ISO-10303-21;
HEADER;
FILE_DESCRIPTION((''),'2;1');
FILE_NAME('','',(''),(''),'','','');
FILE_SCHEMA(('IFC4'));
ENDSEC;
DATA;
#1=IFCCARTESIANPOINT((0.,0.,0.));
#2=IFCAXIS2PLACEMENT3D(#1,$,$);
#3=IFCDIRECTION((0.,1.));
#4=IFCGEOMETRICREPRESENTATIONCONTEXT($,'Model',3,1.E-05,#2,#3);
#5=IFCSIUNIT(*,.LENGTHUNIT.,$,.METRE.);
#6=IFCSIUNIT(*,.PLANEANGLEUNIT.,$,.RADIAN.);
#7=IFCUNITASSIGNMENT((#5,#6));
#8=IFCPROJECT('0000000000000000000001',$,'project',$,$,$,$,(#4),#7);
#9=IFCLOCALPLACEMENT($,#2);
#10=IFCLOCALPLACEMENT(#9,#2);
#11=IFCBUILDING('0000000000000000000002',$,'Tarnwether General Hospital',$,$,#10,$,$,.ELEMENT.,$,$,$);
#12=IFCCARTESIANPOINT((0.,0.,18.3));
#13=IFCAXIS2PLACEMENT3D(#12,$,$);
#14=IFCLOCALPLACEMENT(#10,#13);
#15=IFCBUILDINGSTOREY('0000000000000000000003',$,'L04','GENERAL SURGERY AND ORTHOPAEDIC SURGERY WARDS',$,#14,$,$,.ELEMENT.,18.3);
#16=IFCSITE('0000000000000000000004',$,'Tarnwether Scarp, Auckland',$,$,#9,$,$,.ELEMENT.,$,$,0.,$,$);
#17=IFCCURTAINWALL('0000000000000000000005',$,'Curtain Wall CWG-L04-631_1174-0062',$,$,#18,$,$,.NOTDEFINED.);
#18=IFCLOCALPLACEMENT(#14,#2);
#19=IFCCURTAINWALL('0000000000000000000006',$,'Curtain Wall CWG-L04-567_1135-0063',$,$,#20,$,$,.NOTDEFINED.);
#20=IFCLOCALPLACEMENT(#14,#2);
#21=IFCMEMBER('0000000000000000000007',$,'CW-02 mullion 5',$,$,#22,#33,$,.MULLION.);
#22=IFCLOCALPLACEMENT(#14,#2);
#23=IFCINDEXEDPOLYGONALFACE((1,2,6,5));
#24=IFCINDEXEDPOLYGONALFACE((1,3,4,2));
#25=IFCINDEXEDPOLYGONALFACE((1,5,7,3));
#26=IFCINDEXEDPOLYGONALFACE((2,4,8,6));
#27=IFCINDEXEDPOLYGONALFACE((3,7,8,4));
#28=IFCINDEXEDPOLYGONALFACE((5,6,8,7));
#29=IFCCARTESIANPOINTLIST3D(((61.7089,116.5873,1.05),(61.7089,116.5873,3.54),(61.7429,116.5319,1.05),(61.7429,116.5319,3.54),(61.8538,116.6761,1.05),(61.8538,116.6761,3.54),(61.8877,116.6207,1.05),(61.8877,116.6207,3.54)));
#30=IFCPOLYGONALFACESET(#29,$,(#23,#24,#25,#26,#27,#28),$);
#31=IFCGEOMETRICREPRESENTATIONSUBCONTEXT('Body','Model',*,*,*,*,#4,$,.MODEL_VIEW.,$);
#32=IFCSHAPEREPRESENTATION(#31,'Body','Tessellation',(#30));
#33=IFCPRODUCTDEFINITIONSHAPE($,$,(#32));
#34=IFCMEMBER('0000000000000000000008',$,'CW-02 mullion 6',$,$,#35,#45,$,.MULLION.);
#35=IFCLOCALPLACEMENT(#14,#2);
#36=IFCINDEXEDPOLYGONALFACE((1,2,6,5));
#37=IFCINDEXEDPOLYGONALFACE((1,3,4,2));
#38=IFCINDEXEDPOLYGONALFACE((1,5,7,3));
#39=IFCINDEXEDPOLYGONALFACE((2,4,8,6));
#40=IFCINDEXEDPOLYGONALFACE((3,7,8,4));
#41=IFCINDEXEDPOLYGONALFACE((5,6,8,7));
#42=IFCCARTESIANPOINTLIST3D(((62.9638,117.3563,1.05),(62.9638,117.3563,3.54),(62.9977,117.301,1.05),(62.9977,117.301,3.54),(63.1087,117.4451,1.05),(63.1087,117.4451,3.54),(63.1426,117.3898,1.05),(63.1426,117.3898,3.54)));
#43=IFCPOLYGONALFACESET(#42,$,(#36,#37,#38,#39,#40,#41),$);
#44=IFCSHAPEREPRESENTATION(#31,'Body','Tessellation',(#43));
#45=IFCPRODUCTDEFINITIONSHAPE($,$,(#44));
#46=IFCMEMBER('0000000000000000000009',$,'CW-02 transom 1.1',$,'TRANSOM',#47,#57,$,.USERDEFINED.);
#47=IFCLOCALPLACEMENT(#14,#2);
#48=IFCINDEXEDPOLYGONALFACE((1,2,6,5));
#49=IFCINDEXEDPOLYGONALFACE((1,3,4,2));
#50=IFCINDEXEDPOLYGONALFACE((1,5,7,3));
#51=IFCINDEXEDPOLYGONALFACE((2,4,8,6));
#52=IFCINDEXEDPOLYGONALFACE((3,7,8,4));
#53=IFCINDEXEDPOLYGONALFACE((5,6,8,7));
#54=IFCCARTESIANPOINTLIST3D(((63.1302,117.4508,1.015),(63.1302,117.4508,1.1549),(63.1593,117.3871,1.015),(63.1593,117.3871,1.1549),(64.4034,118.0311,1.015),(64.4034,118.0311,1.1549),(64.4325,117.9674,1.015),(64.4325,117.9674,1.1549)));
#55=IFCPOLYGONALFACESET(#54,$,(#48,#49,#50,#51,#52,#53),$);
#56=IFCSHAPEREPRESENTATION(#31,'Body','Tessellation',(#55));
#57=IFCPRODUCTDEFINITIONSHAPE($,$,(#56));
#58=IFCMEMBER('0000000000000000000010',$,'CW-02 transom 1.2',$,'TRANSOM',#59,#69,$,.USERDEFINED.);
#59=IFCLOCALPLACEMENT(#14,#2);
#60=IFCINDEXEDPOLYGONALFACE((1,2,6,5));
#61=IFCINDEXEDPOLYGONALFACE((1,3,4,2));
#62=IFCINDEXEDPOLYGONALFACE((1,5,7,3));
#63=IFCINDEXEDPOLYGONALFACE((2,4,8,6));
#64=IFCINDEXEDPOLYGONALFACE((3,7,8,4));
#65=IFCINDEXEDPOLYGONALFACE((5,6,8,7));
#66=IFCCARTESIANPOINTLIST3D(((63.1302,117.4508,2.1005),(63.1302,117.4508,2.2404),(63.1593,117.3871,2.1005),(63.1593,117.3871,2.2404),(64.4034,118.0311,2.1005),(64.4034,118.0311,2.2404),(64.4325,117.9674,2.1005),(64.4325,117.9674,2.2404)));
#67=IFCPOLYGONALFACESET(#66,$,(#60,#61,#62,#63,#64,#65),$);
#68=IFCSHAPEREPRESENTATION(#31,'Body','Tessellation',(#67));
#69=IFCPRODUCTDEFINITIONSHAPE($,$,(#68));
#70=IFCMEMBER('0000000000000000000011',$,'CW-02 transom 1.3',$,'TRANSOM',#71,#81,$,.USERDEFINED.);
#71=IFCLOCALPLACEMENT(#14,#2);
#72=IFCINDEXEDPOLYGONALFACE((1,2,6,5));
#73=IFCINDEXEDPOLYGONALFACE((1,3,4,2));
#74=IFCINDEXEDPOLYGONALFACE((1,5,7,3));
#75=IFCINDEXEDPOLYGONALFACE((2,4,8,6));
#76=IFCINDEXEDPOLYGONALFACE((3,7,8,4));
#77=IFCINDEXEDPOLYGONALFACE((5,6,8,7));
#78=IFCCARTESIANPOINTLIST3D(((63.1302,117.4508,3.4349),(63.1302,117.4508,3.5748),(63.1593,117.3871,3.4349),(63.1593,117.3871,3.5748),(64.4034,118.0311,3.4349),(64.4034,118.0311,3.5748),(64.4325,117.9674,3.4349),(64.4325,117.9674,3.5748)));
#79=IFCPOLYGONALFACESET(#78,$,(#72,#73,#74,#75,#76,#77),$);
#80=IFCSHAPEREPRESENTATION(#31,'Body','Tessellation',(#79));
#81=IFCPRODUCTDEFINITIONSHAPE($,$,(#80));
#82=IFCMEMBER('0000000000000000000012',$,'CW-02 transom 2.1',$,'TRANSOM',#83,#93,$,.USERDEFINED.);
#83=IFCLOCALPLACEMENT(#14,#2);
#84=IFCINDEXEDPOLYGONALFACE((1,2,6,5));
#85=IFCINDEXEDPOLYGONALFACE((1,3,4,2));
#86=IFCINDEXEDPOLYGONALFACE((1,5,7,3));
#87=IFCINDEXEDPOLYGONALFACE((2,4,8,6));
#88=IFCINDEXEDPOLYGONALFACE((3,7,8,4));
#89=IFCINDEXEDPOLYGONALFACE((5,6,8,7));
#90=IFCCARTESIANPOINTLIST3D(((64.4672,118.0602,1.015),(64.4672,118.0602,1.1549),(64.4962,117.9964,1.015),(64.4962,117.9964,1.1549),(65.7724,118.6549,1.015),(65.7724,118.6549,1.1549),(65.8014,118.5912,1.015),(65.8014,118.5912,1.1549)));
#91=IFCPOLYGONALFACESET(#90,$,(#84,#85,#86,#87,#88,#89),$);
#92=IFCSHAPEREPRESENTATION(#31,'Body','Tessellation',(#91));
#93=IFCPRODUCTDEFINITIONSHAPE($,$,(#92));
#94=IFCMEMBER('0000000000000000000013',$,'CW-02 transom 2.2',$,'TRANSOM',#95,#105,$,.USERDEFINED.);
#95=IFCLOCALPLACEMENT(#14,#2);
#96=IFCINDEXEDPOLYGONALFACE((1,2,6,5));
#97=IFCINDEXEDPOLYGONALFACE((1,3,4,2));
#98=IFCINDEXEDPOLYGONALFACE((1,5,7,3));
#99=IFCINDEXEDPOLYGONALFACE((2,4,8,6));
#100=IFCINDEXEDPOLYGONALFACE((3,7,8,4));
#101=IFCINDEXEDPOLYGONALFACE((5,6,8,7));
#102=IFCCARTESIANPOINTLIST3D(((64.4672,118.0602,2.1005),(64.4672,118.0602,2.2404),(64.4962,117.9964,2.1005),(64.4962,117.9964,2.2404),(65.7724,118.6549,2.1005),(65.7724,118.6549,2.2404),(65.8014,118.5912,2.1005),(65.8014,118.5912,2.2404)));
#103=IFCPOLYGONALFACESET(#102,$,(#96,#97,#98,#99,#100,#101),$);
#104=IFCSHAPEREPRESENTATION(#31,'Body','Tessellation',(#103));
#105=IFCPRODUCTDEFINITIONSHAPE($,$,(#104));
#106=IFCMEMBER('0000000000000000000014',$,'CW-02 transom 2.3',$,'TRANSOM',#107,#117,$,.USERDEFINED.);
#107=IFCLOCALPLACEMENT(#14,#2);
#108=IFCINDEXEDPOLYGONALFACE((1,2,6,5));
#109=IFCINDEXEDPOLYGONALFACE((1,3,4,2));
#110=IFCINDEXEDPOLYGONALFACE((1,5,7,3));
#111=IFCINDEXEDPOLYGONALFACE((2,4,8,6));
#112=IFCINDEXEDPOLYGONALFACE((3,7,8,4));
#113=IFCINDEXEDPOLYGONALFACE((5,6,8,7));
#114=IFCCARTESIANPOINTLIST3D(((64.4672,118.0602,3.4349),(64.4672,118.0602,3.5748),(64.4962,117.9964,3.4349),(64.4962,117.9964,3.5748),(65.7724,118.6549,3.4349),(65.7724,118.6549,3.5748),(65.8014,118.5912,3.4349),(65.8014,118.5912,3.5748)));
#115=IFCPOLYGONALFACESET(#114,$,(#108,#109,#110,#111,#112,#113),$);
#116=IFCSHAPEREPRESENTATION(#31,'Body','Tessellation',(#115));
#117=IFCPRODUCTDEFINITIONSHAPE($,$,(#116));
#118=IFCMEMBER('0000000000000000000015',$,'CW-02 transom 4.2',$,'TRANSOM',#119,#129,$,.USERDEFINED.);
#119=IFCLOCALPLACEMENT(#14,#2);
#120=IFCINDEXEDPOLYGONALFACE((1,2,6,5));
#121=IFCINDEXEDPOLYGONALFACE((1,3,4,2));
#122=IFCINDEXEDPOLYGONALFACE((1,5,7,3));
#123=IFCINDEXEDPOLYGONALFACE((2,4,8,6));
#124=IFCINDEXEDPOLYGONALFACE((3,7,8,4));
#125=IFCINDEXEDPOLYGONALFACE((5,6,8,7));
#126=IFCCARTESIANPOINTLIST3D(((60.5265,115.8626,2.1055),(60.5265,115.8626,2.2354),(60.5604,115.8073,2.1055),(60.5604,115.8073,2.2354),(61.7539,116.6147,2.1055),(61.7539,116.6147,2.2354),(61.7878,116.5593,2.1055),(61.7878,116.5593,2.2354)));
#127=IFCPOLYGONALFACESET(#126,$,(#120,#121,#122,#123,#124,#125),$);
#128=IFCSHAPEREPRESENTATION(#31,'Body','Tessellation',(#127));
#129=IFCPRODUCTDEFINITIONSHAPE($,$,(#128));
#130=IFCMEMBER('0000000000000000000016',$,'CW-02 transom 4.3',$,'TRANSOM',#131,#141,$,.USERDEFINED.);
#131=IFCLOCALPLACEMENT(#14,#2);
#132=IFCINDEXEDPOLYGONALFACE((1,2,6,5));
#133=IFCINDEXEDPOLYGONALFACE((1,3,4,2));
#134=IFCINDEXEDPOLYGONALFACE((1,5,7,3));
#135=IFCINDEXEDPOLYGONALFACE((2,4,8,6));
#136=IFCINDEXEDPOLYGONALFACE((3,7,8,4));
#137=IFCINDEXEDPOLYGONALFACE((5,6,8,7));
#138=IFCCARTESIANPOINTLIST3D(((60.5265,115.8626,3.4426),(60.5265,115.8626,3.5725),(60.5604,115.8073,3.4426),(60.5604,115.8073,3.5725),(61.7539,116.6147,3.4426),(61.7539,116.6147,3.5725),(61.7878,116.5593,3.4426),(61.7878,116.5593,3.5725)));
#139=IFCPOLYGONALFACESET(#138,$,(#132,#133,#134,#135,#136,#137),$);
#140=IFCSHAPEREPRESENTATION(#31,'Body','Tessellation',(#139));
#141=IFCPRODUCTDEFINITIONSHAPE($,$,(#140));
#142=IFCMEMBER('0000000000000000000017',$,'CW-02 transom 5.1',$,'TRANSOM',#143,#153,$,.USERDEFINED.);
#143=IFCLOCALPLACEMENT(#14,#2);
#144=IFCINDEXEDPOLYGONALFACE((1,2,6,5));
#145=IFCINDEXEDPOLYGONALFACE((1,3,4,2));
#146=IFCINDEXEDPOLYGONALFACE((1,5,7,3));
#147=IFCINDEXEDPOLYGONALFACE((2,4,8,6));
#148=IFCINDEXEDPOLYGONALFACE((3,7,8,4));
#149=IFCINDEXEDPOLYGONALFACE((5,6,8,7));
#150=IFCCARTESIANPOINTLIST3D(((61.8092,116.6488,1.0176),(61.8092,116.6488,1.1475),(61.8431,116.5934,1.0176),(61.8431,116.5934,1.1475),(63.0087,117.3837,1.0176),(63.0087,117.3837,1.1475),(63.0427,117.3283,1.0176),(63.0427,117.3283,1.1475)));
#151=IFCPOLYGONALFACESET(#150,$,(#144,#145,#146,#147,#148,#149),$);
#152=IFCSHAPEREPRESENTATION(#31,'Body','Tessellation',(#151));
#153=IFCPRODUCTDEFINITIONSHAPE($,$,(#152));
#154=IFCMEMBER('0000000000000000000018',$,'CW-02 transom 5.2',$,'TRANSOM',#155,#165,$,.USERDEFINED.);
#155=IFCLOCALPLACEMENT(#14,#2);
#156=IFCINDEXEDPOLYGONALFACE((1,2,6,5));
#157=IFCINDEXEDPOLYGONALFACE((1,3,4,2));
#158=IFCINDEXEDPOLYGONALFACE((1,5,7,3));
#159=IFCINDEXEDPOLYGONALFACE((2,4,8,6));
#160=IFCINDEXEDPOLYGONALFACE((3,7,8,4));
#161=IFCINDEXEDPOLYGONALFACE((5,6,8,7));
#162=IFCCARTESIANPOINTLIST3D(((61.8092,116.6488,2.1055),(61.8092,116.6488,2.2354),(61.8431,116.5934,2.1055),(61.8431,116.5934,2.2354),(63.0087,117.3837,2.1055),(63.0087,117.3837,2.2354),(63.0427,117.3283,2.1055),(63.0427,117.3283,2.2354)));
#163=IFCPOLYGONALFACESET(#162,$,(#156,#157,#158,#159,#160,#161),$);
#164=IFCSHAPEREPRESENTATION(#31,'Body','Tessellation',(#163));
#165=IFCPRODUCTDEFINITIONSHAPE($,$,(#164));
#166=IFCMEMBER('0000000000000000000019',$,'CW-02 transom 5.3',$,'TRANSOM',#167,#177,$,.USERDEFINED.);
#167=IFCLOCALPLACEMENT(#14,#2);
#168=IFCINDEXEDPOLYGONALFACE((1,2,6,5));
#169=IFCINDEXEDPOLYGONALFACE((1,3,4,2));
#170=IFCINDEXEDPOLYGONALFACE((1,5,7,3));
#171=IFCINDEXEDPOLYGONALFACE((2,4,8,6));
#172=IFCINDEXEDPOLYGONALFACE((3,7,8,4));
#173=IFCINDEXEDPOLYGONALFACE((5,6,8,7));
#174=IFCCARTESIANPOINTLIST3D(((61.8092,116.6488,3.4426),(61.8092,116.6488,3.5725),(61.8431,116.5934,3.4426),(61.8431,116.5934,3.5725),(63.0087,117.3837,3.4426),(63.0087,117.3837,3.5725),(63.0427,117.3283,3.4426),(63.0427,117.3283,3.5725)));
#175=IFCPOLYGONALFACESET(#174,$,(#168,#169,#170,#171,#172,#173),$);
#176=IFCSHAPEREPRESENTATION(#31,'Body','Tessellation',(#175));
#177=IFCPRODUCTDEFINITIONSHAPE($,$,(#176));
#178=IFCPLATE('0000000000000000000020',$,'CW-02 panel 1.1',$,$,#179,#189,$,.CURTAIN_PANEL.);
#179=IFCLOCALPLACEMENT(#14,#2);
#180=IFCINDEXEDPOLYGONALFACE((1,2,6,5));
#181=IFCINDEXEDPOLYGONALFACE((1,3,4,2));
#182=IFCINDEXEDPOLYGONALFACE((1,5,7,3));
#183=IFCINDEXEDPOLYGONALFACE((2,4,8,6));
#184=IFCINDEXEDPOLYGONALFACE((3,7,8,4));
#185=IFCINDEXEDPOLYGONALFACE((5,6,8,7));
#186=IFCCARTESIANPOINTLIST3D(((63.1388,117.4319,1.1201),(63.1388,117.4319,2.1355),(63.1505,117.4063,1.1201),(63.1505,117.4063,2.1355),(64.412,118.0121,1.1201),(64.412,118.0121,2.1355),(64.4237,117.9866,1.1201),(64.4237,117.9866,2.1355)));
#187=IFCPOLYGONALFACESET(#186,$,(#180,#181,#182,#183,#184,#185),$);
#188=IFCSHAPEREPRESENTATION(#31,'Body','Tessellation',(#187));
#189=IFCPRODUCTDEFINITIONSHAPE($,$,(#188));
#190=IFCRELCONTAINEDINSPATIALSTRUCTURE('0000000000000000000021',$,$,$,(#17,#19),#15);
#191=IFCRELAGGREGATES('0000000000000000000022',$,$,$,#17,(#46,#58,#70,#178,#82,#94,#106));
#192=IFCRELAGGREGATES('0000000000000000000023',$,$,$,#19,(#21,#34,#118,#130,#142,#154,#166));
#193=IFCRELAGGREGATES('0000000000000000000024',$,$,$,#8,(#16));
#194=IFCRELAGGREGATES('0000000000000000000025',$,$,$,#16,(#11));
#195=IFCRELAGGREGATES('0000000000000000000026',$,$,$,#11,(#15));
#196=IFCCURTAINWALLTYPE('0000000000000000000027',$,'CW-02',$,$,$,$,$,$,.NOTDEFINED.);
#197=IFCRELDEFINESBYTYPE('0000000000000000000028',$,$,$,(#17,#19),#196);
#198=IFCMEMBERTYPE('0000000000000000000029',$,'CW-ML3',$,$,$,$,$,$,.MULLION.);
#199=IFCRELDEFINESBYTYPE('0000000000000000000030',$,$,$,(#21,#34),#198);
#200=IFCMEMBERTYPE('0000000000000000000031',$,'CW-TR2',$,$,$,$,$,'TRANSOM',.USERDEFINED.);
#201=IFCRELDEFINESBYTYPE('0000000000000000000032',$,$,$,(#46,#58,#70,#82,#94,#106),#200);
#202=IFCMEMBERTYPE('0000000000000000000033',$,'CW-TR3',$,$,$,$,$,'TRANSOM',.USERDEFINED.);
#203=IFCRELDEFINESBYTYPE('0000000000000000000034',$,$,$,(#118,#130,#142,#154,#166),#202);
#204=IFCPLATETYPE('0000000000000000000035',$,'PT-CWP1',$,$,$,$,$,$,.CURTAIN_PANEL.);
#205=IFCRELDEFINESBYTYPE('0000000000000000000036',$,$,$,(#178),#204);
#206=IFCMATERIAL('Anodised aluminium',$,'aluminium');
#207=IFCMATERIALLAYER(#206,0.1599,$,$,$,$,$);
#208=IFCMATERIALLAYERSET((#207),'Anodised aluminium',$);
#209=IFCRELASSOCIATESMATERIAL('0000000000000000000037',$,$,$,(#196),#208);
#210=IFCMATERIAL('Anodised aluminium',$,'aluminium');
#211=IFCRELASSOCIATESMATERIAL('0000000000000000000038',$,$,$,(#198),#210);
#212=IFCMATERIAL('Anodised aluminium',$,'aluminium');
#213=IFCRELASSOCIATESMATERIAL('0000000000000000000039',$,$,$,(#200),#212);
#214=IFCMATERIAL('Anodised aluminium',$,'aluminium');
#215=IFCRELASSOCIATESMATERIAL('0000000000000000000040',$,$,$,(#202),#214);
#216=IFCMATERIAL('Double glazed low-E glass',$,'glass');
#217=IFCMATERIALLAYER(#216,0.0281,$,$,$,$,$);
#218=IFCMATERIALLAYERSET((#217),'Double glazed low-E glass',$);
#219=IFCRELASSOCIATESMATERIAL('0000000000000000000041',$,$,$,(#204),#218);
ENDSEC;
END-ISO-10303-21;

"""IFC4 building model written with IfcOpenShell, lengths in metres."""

from ifc_helpers import new_model, si_unit, direction, frame, origin, origin_2d, place, context, subcontext, project, spatial, rectangle, extrude, material, layer, layer_set, material_profile, profile_set, type_object, element, aggregate, save


model = new_model("IFC4")

# Units and contexts
model_context = context("Model", 3, precision=1e-05, world=origin(), true_north=direction((0.0, 1.0)))
body_context = subcontext(model_context, "Body", "Model", "MODEL_VIEW")
ifc_project = project(units=[si_unit("LENGTHUNIT", "METRE"), si_unit("PLANEANGLEUNIT", "RADIAN")], contexts=[model_context])

# Site, building, storey
site_placement = place(None, origin())
site = spatial("IfcSite", under=ifc_project, at=site_placement, Name="Tarnwether Scarp, Auckland", CompositionType="ELEMENT", RefElevation=0.0)
building_placement = place(site_placement, origin())
building = spatial("IfcBuilding", under=site, at=building_placement, Name="Tarnwether General Hospital", CompositionType="ELEMENT")
storey_placement = place(building_placement, frame((0.0, 0.0, 18.3)))
storey = spatial("IfcBuildingStorey", under=building, at=storey_placement, Name="L04", Description="GENERAL SURGERY AND ORTHOPAEDIC SURGERY WARDS", CompositionType="ELEMENT", Elevation=18.3)

# Curtain walls, members
ifc_material_1 = material(Name="Anodised aluminium", Category="aluminium")
ifc_layer_1 = layer(ifc_material_1, 0.1599)
ifc_layer_set_1 = layer_set([ifc_layer_1], Name="Anodised aluminium")
curtain_wall_type = type_object("IfcCurtainWallType", Name="CW-02", PredefinedType="NOTDEFINED", material=ifc_layer_set_1)
curtain_wall_1_placement = place(storey_placement, origin())
curtain_wall_1 = element("IfcCurtainWall", 1, at=curtain_wall_1_placement, inside=storey, type_object=curtain_wall_type, Name="Curtain Wall CWG-L04-631_1174-0062", PredefinedType="NOTDEFINED")
curtain_wall_2_placement = place(storey_placement, origin())
curtain_wall_2 = element("IfcCurtainWall", 2, at=curtain_wall_2_placement, inside=storey, type_object=curtain_wall_type, Name="Curtain Wall CWG-L04-567_1135-0063", PredefinedType="NOTDEFINED")
ifc_material_2 = material(Name="Anodised aluminium", Category="aluminium")
ifc_material_profile_1 = material_profile(ifc_material_2, rectangle(XDim=0.0649, YDim=0.1699, at=origin_2d()), Name="ALU-MUL-65x170")
ifc_profile_set_1 = profile_set([ifc_material_profile_1], Name="Anodised aluminium")
member_type_1 = type_object("IfcMemberType", Name="CW-ML3", PredefinedType="MULLION", material=ifc_profile_set_1)
member_1_placement = place(storey_placement, frame((61.7983, 116.604, 1.05), z_axis=(0.0, 0.0, 1.0), x_axis=(-0.522509, 0.852634, 0.0)))
member_1 = element("IfcMember", 3, at=member_1_placement, type_object=member_type_1, Name="CW-02 mullion 5", PredefinedType="MULLION", context=body_context, shape_type="SweptSolid", body=[
    extrude(rectangle(XDim=0.0649, YDim=0.1699, at=origin_2d()), origin(), (0.0, 0.0, 1.0), 2.49),
])
member_2_placement = place(storey_placement, frame((63.0532, 117.373, 1.05), z_axis=(0.0, 0.0, 1.0), x_axis=(-0.522509, 0.852634, 0.0)))
member_2 = element("IfcMember", 4, at=member_2_placement, type_object=member_type_1, Name="CW-02 mullion 6", PredefinedType="MULLION", context=body_context, shape_type="SweptSolid", body=[
    extrude(rectangle(XDim=0.0649, YDim=0.1699, at=origin_2d()), origin(), (0.0, 0.0, 1.0), 2.49),
])

# Members
ifc_material_3 = material(Name="Anodised aluminium", Category="aluminium")
ifc_material_profile_2 = material_profile(ifc_material_3, rectangle(XDim=0.0701, YDim=0.1399, at=origin_2d()), Name="ALU-TRN-70x140")
ifc_profile_set_2 = profile_set([ifc_material_profile_2], Name="Anodised aluminium")
member_type_2 = type_object("IfcMemberType", Name="CW-TR2", ElementType="TRANSOM", PredefinedType="USERDEFINED", material=ifc_profile_set_2)
member_3_placement = place(storey_placement, frame((63.1448, 117.4189, 1.085), z_axis=(0.909936, 0.414749, 0.0), x_axis=(-0.414749, 0.909936, 0.0)))
member_3 = element("IfcMember", 5, at=member_3_placement, type_object=member_type_2, Name="CW-02 transom 1.1", ObjectType="TRANSOM", PredefinedType="USERDEFINED", context=body_context, shape_type="SweptSolid", body=[
    extrude(rectangle(XDim=0.0701, YDim=0.1399, at=origin_2d()), origin(), (0.0, 0.0, 1.0), 1.3992),
])
member_4_placement = place(storey_placement, frame((63.1448, 117.4189, 2.1704), z_axis=(0.909936, 0.414749, 0.0), x_axis=(-0.414749, 0.909936, 0.0)))
member_4 = element("IfcMember", 6, at=member_4_placement, type_object=member_type_2, Name="CW-02 transom 1.2", ObjectType="TRANSOM", PredefinedType="USERDEFINED", context=body_context, shape_type="SweptSolid", body=[
    extrude(rectangle(XDim=0.0701, YDim=0.1399, at=origin_2d()), origin(), (0.0, 0.0, 1.0), 1.3992),
])
member_5_placement = place(storey_placement, frame((63.1448, 117.4189, 3.5049), z_axis=(0.909936, 0.414749, 0.0), x_axis=(-0.414749, 0.909936, 0.0)))
member_5 = element("IfcMember", 7, at=member_5_placement, type_object=member_type_2, Name="CW-02 transom 1.3", ObjectType="TRANSOM", PredefinedType="USERDEFINED", context=body_context, shape_type="SweptSolid", body=[
    extrude(rectangle(XDim=0.0701, YDim=0.1399, at=origin_2d()), origin(), (0.0, 0.0, 1.0), 1.3992),
])
member_6_placement = place(storey_placement, frame((64.4817, 118.0283, 1.085), z_axis=(0.909981, 0.414649, 0.0), x_axis=(-0.414649, 0.909981, 0.0)))
member_6 = element("IfcMember", 8, at=member_6_placement, type_object=member_type_2, Name="CW-02 transom 2.1", ObjectType="TRANSOM", PredefinedType="USERDEFINED", context=body_context, shape_type="SweptSolid", body=[
    extrude(rectangle(XDim=0.0701, YDim=0.1399, at=origin_2d()), origin(), (0.0, 0.0, 1.0), 1.4343),
])
member_7_placement = place(storey_placement, frame((64.4817, 118.0283, 2.1704), z_axis=(0.909981, 0.414649, 0.0), x_axis=(-0.414649, 0.909981, 0.0)))
member_7 = element("IfcMember", 9, at=member_7_placement, type_object=member_type_2, Name="CW-02 transom 2.2", ObjectType="TRANSOM", PredefinedType="USERDEFINED", context=body_context, shape_type="SweptSolid", body=[
    extrude(rectangle(XDim=0.0701, YDim=0.1399, at=origin_2d()), origin(), (0.0, 0.0, 1.0), 1.4343),
])
member_8_placement = place(storey_placement, frame((64.4817, 118.0283, 3.5049), z_axis=(0.909981, 0.414649, 0.0), x_axis=(-0.414649, 0.909981, 0.0)))
member_8 = element("IfcMember", 10, at=member_8_placement, type_object=member_type_2, Name="CW-02 transom 2.3", ObjectType="TRANSOM", PredefinedType="USERDEFINED", context=body_context, shape_type="SweptSolid", body=[
    extrude(rectangle(XDim=0.0701, YDim=0.1399, at=origin_2d()), origin(), (0.0, 0.0, 1.0), 1.4343),
])
ifc_material_4 = material(Name="Anodised aluminium", Category="aluminium")
ifc_material_profile_3 = material_profile(ifc_material_4, rectangle(XDim=0.0649, YDim=0.1299, at=origin_2d()), Name="ALU-TRN-65x130")
ifc_profile_set_3 = profile_set([ifc_material_profile_3], Name="Anodised aluminium")
member_type_3 = type_object("IfcMemberType", Name="CW-TR3", ElementType="TRANSOM", PredefinedType="USERDEFINED", material=ifc_profile_set_3)
member_9_placement = place(storey_placement, frame((60.5435, 115.835, 2.1704), z_axis=(0.852682, 0.522431, 0.0), x_axis=(-0.522431, 0.852682, 0.0)))
member_9 = element("IfcMember", 11, at=member_9_placement, type_object=member_type_3, Name="CW-02 transom 4.2", ObjectType="TRANSOM", PredefinedType="USERDEFINED", context=body_context, shape_type="SweptSolid", body=[
    extrude(rectangle(XDim=0.0649, YDim=0.1299, at=origin_2d()), origin(), (0.0, 0.0, 1.0), 1.4395),
])
member_10_placement = place(storey_placement, frame((60.5435, 115.835, 3.5076), z_axis=(0.852682, 0.522431, 0.0), x_axis=(-0.522431, 0.852682, 0.0)))
member_10 = element("IfcMember", 12, at=member_10_placement, type_object=member_type_3, Name="CW-02 transom 4.3", ObjectType="TRANSOM", PredefinedType="USERDEFINED", context=body_context, shape_type="SweptSolid", body=[
    extrude(rectangle(XDim=0.0649, YDim=0.1299, at=origin_2d()), origin(), (0.0, 0.0, 1.0), 1.4395),
])
member_11_placement = place(storey_placement, frame((61.8262, 116.6211, 1.0825), z_axis=(0.852694, 0.522411, 0.0), x_axis=(-0.522411, 0.852694, 0.0)))
member_11 = element("IfcMember", 13, at=member_11_placement, type_object=member_type_3, Name="CW-02 transom 5.1", ObjectType="TRANSOM", PredefinedType="USERDEFINED", context=body_context, shape_type="SweptSolid", body=[
    extrude(rectangle(XDim=0.0649, YDim=0.1299, at=origin_2d()), origin(), (0.0, 0.0, 1.0), 1.4067),
])
member_12_placement = place(storey_placement, frame((61.8262, 116.6211, 2.1704), z_axis=(0.852694, 0.522411, 0.0), x_axis=(-0.522411, 0.852694, 0.0)))
member_12 = element("IfcMember", 14, at=member_12_placement, type_object=member_type_3, Name="CW-02 transom 5.2", ObjectType="TRANSOM", PredefinedType="USERDEFINED", context=body_context, shape_type="SweptSolid", body=[
    extrude(rectangle(XDim=0.0649, YDim=0.1299, at=origin_2d()), origin(), (0.0, 0.0, 1.0), 1.4067),
])
member_13_placement = place(storey_placement, frame((61.8262, 116.6211, 3.5076), z_axis=(0.852694, 0.522411, 0.0), x_axis=(-0.522411, 0.852694, 0.0)))
member_13 = element("IfcMember", 15, at=member_13_placement, type_object=member_type_3, Name="CW-02 transom 5.3", ObjectType="TRANSOM", PredefinedType="USERDEFINED", context=body_context, shape_type="SweptSolid", body=[
    extrude(rectangle(XDim=0.0649, YDim=0.1299, at=origin_2d()), origin(), (0.0, 0.0, 1.0), 1.4067),
])

# Plate
ifc_material_5 = material(Name="Double glazed low-E glass", Category="glass")
ifc_layer_2 = layer(ifc_material_5, 0.0281)
ifc_layer_set_2 = layer_set([ifc_layer_2], Name="Double glazed low-E glass")
plate_type_1 = type_object("IfcPlateType", Name="PT-CWP1", PredefinedType="CURTAIN_PANEL", material=ifc_layer_set_2)
plate_1_placement = place(storey_placement, frame((63.7812, 117.7092, 1.1201), z_axis=(0.0, 0.0, 1.0), x_axis=(0.909961, 0.414694, 0.0)))
plate_1 = element("IfcPlate", 16, at=plate_1_placement, type_object=plate_type_1, Name="CW-02 panel 1.1", PredefinedType="CURTAIN_PANEL", context=body_context, shape_type="SweptSolid", body=[
    extrude(rectangle(XDim=1.3992, YDim=0.0281, at=origin_2d()), origin(), (0.0, 0.0, 1.0), 1.0154),
])
aggregate(curtain_wall_1, [member_3, member_4, member_5, plate_1, member_6, member_7, member_8])
aggregate(curtain_wall_2, [member_1, member_2, member_9, member_10, member_11, member_12, member_13])

save(model, "model.ifc")
